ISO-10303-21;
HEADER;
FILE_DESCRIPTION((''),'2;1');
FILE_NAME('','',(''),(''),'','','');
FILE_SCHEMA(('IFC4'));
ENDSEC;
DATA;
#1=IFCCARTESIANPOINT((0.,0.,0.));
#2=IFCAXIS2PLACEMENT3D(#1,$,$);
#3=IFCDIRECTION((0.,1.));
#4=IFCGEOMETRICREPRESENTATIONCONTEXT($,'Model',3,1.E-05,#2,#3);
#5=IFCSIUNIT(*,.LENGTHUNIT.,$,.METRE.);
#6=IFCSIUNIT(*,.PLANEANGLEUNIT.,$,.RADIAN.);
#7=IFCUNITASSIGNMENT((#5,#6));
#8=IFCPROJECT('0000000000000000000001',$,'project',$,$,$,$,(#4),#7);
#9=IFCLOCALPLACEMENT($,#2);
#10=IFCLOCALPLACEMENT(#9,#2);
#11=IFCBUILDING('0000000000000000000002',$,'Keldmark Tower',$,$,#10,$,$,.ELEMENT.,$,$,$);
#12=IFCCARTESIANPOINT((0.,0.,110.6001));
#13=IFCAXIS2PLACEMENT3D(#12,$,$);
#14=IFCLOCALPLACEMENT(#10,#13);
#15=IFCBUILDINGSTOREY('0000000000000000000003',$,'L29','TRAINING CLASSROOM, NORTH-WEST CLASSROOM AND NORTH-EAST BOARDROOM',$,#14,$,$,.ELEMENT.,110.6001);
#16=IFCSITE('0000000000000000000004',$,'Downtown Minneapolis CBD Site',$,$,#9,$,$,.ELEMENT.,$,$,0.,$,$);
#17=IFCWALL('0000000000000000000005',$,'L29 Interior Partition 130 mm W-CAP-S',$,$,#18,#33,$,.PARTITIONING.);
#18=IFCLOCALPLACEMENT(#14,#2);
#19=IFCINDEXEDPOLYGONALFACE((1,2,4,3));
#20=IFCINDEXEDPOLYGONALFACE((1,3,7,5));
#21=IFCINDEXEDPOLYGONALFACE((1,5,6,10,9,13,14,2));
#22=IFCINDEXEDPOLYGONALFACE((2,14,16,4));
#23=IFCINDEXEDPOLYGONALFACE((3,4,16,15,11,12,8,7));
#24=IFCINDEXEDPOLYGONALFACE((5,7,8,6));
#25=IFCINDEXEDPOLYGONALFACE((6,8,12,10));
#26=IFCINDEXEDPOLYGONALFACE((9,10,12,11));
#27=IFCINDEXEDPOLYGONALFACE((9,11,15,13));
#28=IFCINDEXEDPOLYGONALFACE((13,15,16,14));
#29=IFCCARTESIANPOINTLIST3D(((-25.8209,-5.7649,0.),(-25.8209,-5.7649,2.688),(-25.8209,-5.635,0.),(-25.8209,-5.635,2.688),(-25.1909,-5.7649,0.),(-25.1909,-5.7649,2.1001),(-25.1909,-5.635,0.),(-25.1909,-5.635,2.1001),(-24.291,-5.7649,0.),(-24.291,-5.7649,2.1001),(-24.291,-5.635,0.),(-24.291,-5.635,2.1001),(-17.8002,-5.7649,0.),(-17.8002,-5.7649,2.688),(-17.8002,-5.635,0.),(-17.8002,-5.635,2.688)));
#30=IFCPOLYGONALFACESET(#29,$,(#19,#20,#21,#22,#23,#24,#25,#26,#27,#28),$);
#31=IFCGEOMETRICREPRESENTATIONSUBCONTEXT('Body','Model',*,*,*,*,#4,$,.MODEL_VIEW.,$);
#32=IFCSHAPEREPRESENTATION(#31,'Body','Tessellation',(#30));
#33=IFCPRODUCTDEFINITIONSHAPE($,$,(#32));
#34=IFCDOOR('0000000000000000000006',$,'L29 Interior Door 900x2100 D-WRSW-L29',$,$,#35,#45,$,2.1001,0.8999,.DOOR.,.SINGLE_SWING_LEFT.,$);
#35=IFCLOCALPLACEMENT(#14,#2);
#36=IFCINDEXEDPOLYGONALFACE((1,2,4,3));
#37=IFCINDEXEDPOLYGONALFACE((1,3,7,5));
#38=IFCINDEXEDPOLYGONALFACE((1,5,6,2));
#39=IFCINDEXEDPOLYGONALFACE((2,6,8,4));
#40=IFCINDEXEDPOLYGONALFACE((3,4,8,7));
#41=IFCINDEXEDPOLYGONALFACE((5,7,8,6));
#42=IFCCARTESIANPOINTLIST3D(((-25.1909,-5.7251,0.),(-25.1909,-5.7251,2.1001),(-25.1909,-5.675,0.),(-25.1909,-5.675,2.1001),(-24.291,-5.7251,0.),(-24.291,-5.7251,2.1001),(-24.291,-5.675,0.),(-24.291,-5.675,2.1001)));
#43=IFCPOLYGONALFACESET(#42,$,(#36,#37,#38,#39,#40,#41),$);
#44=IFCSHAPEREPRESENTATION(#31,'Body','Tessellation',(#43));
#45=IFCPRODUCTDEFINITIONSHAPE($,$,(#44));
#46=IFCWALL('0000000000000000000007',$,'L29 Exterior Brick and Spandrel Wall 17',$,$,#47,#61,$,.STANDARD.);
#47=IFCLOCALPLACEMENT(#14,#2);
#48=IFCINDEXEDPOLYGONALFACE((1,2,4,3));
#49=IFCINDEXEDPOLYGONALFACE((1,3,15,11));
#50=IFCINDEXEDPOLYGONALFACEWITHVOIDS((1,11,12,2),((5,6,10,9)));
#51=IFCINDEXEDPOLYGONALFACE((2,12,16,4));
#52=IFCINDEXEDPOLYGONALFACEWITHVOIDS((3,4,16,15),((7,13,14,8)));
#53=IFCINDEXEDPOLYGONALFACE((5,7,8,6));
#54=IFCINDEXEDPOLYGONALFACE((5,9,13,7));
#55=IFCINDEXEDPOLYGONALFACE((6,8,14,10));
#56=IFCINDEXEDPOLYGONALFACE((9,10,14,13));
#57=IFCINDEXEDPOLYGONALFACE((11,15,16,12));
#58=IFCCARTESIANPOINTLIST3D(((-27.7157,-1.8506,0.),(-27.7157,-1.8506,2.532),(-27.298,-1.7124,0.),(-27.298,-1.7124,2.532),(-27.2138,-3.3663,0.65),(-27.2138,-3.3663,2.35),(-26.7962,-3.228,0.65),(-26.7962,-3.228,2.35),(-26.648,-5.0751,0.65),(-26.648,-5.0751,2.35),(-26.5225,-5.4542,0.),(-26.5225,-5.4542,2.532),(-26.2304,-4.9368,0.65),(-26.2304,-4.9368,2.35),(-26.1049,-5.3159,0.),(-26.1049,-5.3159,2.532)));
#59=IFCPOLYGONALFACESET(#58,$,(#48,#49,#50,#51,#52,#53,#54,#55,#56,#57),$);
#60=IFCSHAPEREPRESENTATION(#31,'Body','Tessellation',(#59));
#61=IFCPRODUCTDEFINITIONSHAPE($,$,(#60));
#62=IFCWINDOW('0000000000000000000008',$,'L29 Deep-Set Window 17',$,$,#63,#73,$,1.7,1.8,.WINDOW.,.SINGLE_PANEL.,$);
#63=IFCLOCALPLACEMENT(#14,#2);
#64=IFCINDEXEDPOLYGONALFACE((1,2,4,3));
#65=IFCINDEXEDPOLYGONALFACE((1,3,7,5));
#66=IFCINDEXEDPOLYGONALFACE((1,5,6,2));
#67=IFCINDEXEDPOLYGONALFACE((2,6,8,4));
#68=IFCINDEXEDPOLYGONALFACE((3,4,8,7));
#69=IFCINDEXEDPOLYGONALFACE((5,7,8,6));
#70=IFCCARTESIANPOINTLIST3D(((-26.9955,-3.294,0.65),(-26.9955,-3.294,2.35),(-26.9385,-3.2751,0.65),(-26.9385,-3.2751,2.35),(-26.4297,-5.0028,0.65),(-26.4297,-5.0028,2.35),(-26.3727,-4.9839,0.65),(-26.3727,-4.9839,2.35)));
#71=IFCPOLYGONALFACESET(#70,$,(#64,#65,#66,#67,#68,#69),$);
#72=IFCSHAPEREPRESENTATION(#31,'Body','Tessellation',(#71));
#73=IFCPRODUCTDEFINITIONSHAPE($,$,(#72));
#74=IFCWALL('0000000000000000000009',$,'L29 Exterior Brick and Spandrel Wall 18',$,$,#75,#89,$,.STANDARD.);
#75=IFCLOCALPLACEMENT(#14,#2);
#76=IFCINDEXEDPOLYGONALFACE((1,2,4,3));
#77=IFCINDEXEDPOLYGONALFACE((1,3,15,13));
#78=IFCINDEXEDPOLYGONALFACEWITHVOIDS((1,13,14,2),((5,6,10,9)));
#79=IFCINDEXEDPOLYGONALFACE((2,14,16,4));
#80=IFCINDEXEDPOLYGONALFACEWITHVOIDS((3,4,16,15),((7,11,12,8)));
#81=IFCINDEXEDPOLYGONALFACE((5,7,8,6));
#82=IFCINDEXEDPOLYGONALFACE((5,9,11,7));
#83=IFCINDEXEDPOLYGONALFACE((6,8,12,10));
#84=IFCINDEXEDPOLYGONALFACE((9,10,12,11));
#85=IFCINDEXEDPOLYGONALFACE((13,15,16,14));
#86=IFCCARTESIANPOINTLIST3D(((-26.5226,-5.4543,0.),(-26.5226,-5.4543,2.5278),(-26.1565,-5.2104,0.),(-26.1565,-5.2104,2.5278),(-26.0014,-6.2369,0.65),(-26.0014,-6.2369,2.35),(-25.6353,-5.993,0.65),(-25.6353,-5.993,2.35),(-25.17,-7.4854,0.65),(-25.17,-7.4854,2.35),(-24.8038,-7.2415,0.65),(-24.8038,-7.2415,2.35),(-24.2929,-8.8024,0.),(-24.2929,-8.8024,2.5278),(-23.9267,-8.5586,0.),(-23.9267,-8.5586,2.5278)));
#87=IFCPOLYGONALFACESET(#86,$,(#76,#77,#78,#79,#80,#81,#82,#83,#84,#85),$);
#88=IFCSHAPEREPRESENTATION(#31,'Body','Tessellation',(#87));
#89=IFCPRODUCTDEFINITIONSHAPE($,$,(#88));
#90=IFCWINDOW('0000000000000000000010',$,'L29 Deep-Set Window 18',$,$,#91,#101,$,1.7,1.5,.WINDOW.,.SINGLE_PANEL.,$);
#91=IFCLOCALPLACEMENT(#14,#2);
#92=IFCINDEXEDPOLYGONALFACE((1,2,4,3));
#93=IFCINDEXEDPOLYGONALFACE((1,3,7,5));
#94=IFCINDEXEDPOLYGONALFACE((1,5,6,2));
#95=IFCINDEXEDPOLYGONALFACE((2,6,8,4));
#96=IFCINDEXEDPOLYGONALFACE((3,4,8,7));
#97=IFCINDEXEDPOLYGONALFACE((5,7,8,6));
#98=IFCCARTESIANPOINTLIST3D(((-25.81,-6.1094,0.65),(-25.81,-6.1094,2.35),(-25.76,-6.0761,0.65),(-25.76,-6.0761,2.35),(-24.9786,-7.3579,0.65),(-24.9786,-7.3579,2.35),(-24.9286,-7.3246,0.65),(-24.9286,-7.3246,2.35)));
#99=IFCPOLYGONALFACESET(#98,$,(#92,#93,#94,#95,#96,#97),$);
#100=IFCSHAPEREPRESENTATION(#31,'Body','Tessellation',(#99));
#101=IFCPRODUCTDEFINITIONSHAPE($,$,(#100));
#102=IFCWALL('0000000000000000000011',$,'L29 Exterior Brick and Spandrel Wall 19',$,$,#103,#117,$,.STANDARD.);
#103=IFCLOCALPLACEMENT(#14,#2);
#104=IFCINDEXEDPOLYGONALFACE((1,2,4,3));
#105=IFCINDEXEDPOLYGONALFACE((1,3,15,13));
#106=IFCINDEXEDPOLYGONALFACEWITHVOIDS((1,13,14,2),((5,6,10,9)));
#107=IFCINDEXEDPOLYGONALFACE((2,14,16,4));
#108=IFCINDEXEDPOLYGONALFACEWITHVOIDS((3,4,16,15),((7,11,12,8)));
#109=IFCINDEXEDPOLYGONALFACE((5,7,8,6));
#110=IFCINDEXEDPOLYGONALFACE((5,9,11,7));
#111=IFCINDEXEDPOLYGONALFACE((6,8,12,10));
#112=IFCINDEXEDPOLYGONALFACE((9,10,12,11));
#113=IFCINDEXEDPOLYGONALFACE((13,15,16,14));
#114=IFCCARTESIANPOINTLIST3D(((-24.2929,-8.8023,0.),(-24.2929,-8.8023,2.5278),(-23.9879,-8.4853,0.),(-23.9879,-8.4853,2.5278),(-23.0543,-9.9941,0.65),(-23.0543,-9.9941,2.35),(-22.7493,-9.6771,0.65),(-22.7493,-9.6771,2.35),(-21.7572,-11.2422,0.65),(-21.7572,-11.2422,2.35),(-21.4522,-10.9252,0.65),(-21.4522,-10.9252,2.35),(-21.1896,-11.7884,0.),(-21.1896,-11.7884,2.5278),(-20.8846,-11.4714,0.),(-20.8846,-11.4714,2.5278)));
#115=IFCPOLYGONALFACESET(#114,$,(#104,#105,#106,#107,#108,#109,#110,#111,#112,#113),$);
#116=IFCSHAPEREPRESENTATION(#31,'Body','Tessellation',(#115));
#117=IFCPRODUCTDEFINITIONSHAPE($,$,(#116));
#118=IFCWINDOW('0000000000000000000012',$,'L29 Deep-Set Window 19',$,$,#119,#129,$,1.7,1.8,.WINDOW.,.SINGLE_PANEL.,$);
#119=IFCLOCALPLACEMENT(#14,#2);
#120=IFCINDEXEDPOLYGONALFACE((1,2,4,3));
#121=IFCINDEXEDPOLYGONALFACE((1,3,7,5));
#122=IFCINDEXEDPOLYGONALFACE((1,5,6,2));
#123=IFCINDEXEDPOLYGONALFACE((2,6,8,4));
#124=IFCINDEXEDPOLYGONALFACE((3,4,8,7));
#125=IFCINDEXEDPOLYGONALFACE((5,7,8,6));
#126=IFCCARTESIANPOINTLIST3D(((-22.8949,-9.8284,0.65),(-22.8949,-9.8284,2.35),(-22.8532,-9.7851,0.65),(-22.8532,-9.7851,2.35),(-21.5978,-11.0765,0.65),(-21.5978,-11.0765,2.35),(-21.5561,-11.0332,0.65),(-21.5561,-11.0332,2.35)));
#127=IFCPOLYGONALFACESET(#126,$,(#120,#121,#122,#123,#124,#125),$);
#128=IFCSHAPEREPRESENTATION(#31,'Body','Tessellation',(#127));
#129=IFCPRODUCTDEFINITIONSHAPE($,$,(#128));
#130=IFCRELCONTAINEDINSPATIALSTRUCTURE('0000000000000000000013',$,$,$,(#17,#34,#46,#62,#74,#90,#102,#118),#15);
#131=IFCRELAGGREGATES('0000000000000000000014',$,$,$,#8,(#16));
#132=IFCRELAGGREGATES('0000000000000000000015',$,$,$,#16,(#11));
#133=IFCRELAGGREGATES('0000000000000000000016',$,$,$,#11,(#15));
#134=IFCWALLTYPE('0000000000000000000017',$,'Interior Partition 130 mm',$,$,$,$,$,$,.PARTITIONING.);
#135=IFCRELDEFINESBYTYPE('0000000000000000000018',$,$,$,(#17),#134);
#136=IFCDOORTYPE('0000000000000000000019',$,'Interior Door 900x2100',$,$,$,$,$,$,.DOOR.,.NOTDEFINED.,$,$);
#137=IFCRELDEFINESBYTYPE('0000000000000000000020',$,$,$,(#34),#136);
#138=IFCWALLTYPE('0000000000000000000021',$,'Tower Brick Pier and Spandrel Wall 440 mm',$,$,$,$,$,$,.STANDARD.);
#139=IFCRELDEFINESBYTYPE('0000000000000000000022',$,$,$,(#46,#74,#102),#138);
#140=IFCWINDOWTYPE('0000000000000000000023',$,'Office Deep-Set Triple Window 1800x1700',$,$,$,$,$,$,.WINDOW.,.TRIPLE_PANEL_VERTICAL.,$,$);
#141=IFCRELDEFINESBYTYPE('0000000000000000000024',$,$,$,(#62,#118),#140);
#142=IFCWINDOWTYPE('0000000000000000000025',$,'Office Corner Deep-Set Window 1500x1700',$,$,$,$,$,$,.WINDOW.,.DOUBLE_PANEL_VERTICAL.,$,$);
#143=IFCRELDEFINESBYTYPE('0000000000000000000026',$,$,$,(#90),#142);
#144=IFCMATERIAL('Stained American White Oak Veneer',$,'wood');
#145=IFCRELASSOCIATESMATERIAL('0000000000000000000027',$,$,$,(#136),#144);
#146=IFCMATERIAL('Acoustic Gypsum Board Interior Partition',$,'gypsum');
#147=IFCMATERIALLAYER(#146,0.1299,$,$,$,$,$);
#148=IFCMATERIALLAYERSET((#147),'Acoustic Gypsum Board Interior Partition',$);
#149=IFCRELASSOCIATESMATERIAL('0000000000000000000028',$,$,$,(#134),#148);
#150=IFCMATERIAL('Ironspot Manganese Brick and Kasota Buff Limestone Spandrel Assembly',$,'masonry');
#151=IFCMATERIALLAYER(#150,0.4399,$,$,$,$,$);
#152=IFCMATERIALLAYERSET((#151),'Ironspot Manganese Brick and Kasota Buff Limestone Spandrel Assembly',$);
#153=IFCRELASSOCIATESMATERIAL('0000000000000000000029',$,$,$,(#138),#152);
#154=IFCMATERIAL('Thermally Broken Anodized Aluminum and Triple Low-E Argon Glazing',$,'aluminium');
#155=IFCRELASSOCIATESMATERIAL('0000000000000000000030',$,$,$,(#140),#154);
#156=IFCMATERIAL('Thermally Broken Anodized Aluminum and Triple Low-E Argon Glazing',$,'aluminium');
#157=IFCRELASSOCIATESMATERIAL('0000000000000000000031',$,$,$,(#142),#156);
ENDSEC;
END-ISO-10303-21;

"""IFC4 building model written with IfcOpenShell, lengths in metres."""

from ifc_helpers import new_model, si_unit, direction, frame, frame_2d, origin, place, context, subcontext, project, spatial, rectangle, extrude, material, layer, layer_set, type_object, element, fill, save


model = new_model("IFC4")

# Units and contexts
model_context = context("Model", 3, precision=1e-05, world=origin(), true_north=direction((0.0, 1.0)))
body_context = subcontext(model_context, "Body", "Model", "MODEL_VIEW")
ifc_project = project(units=[si_unit("LENGTHUNIT", "METRE"), si_unit("PLANEANGLEUNIT", "RADIAN")], contexts=[model_context])

# Site, building, storey
site_placement = place(None, origin())
site = spatial("IfcSite", under=ifc_project, at=site_placement, Name="Downtown Minneapolis CBD Site", CompositionType="ELEMENT", RefElevation=0.0)
building_placement = place(site_placement, origin())
building = spatial("IfcBuilding", under=site, at=building_placement, Name="Keldmark Tower", CompositionType="ELEMENT")
storey_placement = place(building_placement, frame((0.0, 0.0, 110.6001)))
storey = spatial("IfcBuildingStorey", under=building, at=storey_placement, Name="L29", Description="TRAINING CLASSROOM, NORTH-WEST CLASSROOM AND NORTH-EAST BOARDROOM", CompositionType="ELEMENT", Elevation=110.6001)

# Shared definitions
ifc_material_1 = material(Name="Stained American White Oak Veneer", Category="wood")
door_type_1 = type_object("IfcDoorType", Name="Interior Door 900x2100", OperationType="NOTDEFINED", PredefinedType="DOOR", material=ifc_material_1)

# Wall, opening, door
ifc_material_2 = material(Name="Acoustic Gypsum Board Interior Partition", Category="gypsum")
ifc_layer_1 = layer(ifc_material_2, 0.1299)
ifc_layer_set_1 = layer_set([ifc_layer_1], Name="Acoustic Gypsum Board Interior Partition")
wall_type_1 = type_object("IfcWallType", Name="Interior Partition 130 mm", PredefinedType="PARTITIONING", material=ifc_layer_set_1)
wall_1_placement = place(storey_placement, frame((-25.8208, -5.7, 0.0), z_axis=(0.0, 0.0, 1.0), x_axis=(1.0, 0.0, 0.0)))
wall_1 = element("IfcWall", 1, at=wall_1_placement, inside=storey, type_object=wall_type_1, Name="L29 Interior Partition 130 mm W-CAP-S", PredefinedType="PARTITIONING", context=body_context, shape_type="SweptSolid", body=[
    extrude(rectangle(XDim=8.0208, YDim=0.1299, at=frame_2d((4.0103, 0.0))), origin(), (0.0, 0.0, 1.0), 2.688),
])
opening_1_placement = place(wall_1_placement, frame((0.6299, 0.0, 0.0)))
opening_1 = element("IfcOpeningElement", 2, at=opening_1_placement, cuts=wall_1, PredefinedType="OPENING", context=body_context, shape_type="SweptSolid", body=[
    extrude(rectangle(XDim=0.8999, YDim=2.1001, at=frame_2d((0.45, 1.05))), frame((0.0, 0.075, 0.0), z_axis=(0.0, -1.0, 0.0), x_axis=(1.0, 0.0, 0.0)), (0.0, 0.0, 1.0), 0.1499),
])
door_1_placement = place(opening_1_placement, origin())
door_1 = element("IfcDoor", 3, at=door_1_placement, inside=storey, type_object=door_type_1, Name="L29 Interior Door 900x2100 D-WRSW-L29", OperationType="SINGLE_SWING_LEFT", OverallHeight=2.1001, OverallWidth=0.8999, PredefinedType="DOOR", context=body_context, shape_type="SweptSolid", body=[
    extrude(rectangle(XDim=0.8999, YDim=2.1001, at=frame_2d((0.45, 1.05))), frame((0.0, 0.0249, 0.0), z_axis=(0.0, -1.0, 0.0), x_axis=(1.0, 0.0, 0.0)), (0.0, 0.0, 1.0), 0.05),
])
fill(opening_1, door_1)

# Walls, openings, windows
ifc_material_3 = material(Name="Ironspot Manganese Brick and Kasota Buff Limestone Spandrel Assembly", Category="masonry")
ifc_layer_2 = layer(ifc_material_3, 0.4399)
ifc_layer_set_2 = layer_set([ifc_layer_2], Name="Ironspot Manganese Brick and Kasota Buff Limestone Spandrel Assembly")
wall_type_2 = type_object("IfcWallType", Name="Tower Brick Pier and Spandrel Wall 440 mm", PredefinedType="STANDARD", material=ifc_layer_set_2)
wall_2_placement = place(storey_placement, frame((-26.3137, -5.385, 0.0), z_axis=(0.0, 0.0, 1.0), x_axis=(-0.314317, 0.949318, 0.0)))
wall_2 = element("IfcWall", 4, at=wall_2_placement, inside=storey, type_object=wall_type_2, Name="L29 Exterior Brick and Spandrel Wall 17", PredefinedType="STANDARD", context=body_context, shape_type="SweptSolid", body=[
    extrude(rectangle(XDim=3.7959, YDim=0.4399, at=frame_2d((1.8979, 0.0))), origin(), (0.0, 0.0, 1.0), 2.532),
])
opening_2_placement = place(wall_2_placement, frame((0.3994, 0.0, 0.6499)))
opening_2 = element("IfcOpeningElement", 5, at=opening_2_placement, cuts=wall_2, PredefinedType="OPENING", context=body_context, shape_type="SweptSolid", body=[
    extrude(rectangle(XDim=1.8, YDim=1.7, at=frame_2d((0.8999, 0.8501))), frame((0.0, 0.23, 0.0), z_axis=(0.0, -1.0, 0.0), x_axis=(1.0, 0.0, 0.0)), (0.0, 0.0, 1.0), 0.46),
])
ifc_material_4 = material(Name="Thermally Broken Anodized Aluminum and Triple Low-E Argon Glazing", Category="aluminium")
window_type_1 = type_object("IfcWindowType", Name="Office Deep-Set Triple Window 1800x1700", PartitioningType="TRIPLE_PANEL_VERTICAL", PredefinedType="WINDOW", material=ifc_material_4)
window_1_placement = place(opening_2_placement, origin())
window_1 = element("IfcWindow", 6, at=window_1_placement, inside=storey, type_object=window_type_1, Name="L29 Deep-Set Window 17", OverallHeight=1.7, OverallWidth=1.8, PartitioningType="SINGLE_PANEL", PredefinedType="WINDOW", context=body_context, shape_type="SweptSolid", body=[
    extrude(rectangle(XDim=1.8, YDim=1.7, at=frame_2d((0.8999, 0.8501))), frame((0.0, -0.01, 0.0), z_axis=(0.0, -1.0, 0.0), x_axis=(1.0, 0.0, 0.0)), (0.0, 0.0, 1.0), 0.0601),
])
fill(opening_2, window_1)
wall_3_placement = place(storey_placement, frame((-24.1099, -8.6804, 0.0), z_axis=(0.0, 0.0, 1.0), x_axis=(-0.554294, 0.832321, 0.0)))
wall_3 = element("IfcWall", 7, at=wall_3_placement, inside=storey, type_object=wall_type_2, Name="L29 Exterior Brick and Spandrel Wall 18", PredefinedType="STANDARD", context=body_context, shape_type="SweptSolid", body=[
    extrude(rectangle(XDim=4.0227, YDim=0.4399, at=frame_2d((2.0112, 0.0))), origin(), (0.0, 0.0, 1.0), 2.5278),
])
opening_3_placement = place(wall_3_placement, frame((1.5823, 0.0, 0.6499)))
opening_3 = element("IfcOpeningElement", 8, at=opening_3_placement, cuts=wall_3, PredefinedType="OPENING", context=body_context, shape_type="SweptSolid", body=[
    extrude(rectangle(XDim=1.5, YDim=1.7, at=frame_2d((0.75, 0.8501))), frame((0.0, 0.23, 0.0), z_axis=(0.0, -1.0, 0.0), x_axis=(1.0, 0.0, 0.0)), (0.0, 0.0, 1.0), 0.46),
])
ifc_material_5 = material(Name="Thermally Broken Anodized Aluminum and Triple Low-E Argon Glazing", Category="aluminium")
window_type_2 = type_object("IfcWindowType", Name="Office Corner Deep-Set Window 1500x1700", PartitioningType="DOUBLE_PANEL_VERTICAL", PredefinedType="WINDOW", material=ifc_material_5)
window_2_placement = place(opening_3_placement, origin())
window_2 = element("IfcWindow", 9, at=window_2_placement, inside=storey, type_object=window_type_2, Name="L29 Deep-Set Window 18", OverallHeight=1.7, OverallWidth=1.5, PartitioningType="SINGLE_PANEL", PredefinedType="WINDOW", context=body_context, shape_type="SweptSolid", body=[
    extrude(rectangle(XDim=1.5, YDim=1.7, at=frame_2d((0.75, 0.8501))), frame((0.0, -0.01, 0.0), z_axis=(0.0, -1.0, 0.0), x_axis=(1.0, 0.0, 0.0)), (0.0, 0.0, 1.0), 0.0601),
])
fill(opening_3, window_2)
wall_4_placement = place(storey_placement, frame((-21.0371, -11.6299, 0.0), z_axis=(0.0, 0.0, 1.0), x_axis=(-0.720581, 0.69337, 0.0)))
wall_4 = element("IfcWall", 10, at=wall_4_placement, inside=storey, type_object=wall_type_2, Name="L29 Exterior Brick and Spandrel Wall 19", PredefinedType="STANDARD", context=body_context, shape_type="SweptSolid", body=[
    extrude(rectangle(XDim=4.3066, YDim=0.4399, at=frame_2d((2.1533, 0.0))), origin(), (0.0, 0.0, 1.0), 2.5278),
])
opening_4_placement = place(wall_4_placement, frame((0.7878, 0.0, 0.6499)))
opening_4 = element("IfcOpeningElement", 11, at=opening_4_placement, cuts=wall_4, PredefinedType="OPENING", context=body_context, shape_type="SweptSolid", body=[
    extrude(rectangle(XDim=1.8, YDim=1.7, at=frame_2d((0.8999, 0.8501))), frame((0.0, 0.23, 0.0), z_axis=(0.0, -1.0, 0.0), x_axis=(1.0, 0.0, 0.0)), (0.0, 0.0, 1.0), 0.46),
])
window_3_placement = place(opening_4_placement, origin())
window_3 = element("IfcWindow", 12, at=window_3_placement, inside=storey, type_object=window_type_1, Name="L29 Deep-Set Window 19", OverallHeight=1.7, OverallWidth=1.8, PartitioningType="SINGLE_PANEL", PredefinedType="WINDOW", context=body_context, shape_type="SweptSolid", body=[
    extrude(rectangle(XDim=1.8, YDim=1.7, at=frame_2d((0.8999, 0.8501))), frame((0.0, -0.01, 0.0), z_axis=(0.0, -1.0, 0.0), x_axis=(1.0, 0.0, 0.0)), (0.0, 0.0, 1.0), 0.0601),
])
fill(opening_4, window_3)

save(model, "model.ifc")
